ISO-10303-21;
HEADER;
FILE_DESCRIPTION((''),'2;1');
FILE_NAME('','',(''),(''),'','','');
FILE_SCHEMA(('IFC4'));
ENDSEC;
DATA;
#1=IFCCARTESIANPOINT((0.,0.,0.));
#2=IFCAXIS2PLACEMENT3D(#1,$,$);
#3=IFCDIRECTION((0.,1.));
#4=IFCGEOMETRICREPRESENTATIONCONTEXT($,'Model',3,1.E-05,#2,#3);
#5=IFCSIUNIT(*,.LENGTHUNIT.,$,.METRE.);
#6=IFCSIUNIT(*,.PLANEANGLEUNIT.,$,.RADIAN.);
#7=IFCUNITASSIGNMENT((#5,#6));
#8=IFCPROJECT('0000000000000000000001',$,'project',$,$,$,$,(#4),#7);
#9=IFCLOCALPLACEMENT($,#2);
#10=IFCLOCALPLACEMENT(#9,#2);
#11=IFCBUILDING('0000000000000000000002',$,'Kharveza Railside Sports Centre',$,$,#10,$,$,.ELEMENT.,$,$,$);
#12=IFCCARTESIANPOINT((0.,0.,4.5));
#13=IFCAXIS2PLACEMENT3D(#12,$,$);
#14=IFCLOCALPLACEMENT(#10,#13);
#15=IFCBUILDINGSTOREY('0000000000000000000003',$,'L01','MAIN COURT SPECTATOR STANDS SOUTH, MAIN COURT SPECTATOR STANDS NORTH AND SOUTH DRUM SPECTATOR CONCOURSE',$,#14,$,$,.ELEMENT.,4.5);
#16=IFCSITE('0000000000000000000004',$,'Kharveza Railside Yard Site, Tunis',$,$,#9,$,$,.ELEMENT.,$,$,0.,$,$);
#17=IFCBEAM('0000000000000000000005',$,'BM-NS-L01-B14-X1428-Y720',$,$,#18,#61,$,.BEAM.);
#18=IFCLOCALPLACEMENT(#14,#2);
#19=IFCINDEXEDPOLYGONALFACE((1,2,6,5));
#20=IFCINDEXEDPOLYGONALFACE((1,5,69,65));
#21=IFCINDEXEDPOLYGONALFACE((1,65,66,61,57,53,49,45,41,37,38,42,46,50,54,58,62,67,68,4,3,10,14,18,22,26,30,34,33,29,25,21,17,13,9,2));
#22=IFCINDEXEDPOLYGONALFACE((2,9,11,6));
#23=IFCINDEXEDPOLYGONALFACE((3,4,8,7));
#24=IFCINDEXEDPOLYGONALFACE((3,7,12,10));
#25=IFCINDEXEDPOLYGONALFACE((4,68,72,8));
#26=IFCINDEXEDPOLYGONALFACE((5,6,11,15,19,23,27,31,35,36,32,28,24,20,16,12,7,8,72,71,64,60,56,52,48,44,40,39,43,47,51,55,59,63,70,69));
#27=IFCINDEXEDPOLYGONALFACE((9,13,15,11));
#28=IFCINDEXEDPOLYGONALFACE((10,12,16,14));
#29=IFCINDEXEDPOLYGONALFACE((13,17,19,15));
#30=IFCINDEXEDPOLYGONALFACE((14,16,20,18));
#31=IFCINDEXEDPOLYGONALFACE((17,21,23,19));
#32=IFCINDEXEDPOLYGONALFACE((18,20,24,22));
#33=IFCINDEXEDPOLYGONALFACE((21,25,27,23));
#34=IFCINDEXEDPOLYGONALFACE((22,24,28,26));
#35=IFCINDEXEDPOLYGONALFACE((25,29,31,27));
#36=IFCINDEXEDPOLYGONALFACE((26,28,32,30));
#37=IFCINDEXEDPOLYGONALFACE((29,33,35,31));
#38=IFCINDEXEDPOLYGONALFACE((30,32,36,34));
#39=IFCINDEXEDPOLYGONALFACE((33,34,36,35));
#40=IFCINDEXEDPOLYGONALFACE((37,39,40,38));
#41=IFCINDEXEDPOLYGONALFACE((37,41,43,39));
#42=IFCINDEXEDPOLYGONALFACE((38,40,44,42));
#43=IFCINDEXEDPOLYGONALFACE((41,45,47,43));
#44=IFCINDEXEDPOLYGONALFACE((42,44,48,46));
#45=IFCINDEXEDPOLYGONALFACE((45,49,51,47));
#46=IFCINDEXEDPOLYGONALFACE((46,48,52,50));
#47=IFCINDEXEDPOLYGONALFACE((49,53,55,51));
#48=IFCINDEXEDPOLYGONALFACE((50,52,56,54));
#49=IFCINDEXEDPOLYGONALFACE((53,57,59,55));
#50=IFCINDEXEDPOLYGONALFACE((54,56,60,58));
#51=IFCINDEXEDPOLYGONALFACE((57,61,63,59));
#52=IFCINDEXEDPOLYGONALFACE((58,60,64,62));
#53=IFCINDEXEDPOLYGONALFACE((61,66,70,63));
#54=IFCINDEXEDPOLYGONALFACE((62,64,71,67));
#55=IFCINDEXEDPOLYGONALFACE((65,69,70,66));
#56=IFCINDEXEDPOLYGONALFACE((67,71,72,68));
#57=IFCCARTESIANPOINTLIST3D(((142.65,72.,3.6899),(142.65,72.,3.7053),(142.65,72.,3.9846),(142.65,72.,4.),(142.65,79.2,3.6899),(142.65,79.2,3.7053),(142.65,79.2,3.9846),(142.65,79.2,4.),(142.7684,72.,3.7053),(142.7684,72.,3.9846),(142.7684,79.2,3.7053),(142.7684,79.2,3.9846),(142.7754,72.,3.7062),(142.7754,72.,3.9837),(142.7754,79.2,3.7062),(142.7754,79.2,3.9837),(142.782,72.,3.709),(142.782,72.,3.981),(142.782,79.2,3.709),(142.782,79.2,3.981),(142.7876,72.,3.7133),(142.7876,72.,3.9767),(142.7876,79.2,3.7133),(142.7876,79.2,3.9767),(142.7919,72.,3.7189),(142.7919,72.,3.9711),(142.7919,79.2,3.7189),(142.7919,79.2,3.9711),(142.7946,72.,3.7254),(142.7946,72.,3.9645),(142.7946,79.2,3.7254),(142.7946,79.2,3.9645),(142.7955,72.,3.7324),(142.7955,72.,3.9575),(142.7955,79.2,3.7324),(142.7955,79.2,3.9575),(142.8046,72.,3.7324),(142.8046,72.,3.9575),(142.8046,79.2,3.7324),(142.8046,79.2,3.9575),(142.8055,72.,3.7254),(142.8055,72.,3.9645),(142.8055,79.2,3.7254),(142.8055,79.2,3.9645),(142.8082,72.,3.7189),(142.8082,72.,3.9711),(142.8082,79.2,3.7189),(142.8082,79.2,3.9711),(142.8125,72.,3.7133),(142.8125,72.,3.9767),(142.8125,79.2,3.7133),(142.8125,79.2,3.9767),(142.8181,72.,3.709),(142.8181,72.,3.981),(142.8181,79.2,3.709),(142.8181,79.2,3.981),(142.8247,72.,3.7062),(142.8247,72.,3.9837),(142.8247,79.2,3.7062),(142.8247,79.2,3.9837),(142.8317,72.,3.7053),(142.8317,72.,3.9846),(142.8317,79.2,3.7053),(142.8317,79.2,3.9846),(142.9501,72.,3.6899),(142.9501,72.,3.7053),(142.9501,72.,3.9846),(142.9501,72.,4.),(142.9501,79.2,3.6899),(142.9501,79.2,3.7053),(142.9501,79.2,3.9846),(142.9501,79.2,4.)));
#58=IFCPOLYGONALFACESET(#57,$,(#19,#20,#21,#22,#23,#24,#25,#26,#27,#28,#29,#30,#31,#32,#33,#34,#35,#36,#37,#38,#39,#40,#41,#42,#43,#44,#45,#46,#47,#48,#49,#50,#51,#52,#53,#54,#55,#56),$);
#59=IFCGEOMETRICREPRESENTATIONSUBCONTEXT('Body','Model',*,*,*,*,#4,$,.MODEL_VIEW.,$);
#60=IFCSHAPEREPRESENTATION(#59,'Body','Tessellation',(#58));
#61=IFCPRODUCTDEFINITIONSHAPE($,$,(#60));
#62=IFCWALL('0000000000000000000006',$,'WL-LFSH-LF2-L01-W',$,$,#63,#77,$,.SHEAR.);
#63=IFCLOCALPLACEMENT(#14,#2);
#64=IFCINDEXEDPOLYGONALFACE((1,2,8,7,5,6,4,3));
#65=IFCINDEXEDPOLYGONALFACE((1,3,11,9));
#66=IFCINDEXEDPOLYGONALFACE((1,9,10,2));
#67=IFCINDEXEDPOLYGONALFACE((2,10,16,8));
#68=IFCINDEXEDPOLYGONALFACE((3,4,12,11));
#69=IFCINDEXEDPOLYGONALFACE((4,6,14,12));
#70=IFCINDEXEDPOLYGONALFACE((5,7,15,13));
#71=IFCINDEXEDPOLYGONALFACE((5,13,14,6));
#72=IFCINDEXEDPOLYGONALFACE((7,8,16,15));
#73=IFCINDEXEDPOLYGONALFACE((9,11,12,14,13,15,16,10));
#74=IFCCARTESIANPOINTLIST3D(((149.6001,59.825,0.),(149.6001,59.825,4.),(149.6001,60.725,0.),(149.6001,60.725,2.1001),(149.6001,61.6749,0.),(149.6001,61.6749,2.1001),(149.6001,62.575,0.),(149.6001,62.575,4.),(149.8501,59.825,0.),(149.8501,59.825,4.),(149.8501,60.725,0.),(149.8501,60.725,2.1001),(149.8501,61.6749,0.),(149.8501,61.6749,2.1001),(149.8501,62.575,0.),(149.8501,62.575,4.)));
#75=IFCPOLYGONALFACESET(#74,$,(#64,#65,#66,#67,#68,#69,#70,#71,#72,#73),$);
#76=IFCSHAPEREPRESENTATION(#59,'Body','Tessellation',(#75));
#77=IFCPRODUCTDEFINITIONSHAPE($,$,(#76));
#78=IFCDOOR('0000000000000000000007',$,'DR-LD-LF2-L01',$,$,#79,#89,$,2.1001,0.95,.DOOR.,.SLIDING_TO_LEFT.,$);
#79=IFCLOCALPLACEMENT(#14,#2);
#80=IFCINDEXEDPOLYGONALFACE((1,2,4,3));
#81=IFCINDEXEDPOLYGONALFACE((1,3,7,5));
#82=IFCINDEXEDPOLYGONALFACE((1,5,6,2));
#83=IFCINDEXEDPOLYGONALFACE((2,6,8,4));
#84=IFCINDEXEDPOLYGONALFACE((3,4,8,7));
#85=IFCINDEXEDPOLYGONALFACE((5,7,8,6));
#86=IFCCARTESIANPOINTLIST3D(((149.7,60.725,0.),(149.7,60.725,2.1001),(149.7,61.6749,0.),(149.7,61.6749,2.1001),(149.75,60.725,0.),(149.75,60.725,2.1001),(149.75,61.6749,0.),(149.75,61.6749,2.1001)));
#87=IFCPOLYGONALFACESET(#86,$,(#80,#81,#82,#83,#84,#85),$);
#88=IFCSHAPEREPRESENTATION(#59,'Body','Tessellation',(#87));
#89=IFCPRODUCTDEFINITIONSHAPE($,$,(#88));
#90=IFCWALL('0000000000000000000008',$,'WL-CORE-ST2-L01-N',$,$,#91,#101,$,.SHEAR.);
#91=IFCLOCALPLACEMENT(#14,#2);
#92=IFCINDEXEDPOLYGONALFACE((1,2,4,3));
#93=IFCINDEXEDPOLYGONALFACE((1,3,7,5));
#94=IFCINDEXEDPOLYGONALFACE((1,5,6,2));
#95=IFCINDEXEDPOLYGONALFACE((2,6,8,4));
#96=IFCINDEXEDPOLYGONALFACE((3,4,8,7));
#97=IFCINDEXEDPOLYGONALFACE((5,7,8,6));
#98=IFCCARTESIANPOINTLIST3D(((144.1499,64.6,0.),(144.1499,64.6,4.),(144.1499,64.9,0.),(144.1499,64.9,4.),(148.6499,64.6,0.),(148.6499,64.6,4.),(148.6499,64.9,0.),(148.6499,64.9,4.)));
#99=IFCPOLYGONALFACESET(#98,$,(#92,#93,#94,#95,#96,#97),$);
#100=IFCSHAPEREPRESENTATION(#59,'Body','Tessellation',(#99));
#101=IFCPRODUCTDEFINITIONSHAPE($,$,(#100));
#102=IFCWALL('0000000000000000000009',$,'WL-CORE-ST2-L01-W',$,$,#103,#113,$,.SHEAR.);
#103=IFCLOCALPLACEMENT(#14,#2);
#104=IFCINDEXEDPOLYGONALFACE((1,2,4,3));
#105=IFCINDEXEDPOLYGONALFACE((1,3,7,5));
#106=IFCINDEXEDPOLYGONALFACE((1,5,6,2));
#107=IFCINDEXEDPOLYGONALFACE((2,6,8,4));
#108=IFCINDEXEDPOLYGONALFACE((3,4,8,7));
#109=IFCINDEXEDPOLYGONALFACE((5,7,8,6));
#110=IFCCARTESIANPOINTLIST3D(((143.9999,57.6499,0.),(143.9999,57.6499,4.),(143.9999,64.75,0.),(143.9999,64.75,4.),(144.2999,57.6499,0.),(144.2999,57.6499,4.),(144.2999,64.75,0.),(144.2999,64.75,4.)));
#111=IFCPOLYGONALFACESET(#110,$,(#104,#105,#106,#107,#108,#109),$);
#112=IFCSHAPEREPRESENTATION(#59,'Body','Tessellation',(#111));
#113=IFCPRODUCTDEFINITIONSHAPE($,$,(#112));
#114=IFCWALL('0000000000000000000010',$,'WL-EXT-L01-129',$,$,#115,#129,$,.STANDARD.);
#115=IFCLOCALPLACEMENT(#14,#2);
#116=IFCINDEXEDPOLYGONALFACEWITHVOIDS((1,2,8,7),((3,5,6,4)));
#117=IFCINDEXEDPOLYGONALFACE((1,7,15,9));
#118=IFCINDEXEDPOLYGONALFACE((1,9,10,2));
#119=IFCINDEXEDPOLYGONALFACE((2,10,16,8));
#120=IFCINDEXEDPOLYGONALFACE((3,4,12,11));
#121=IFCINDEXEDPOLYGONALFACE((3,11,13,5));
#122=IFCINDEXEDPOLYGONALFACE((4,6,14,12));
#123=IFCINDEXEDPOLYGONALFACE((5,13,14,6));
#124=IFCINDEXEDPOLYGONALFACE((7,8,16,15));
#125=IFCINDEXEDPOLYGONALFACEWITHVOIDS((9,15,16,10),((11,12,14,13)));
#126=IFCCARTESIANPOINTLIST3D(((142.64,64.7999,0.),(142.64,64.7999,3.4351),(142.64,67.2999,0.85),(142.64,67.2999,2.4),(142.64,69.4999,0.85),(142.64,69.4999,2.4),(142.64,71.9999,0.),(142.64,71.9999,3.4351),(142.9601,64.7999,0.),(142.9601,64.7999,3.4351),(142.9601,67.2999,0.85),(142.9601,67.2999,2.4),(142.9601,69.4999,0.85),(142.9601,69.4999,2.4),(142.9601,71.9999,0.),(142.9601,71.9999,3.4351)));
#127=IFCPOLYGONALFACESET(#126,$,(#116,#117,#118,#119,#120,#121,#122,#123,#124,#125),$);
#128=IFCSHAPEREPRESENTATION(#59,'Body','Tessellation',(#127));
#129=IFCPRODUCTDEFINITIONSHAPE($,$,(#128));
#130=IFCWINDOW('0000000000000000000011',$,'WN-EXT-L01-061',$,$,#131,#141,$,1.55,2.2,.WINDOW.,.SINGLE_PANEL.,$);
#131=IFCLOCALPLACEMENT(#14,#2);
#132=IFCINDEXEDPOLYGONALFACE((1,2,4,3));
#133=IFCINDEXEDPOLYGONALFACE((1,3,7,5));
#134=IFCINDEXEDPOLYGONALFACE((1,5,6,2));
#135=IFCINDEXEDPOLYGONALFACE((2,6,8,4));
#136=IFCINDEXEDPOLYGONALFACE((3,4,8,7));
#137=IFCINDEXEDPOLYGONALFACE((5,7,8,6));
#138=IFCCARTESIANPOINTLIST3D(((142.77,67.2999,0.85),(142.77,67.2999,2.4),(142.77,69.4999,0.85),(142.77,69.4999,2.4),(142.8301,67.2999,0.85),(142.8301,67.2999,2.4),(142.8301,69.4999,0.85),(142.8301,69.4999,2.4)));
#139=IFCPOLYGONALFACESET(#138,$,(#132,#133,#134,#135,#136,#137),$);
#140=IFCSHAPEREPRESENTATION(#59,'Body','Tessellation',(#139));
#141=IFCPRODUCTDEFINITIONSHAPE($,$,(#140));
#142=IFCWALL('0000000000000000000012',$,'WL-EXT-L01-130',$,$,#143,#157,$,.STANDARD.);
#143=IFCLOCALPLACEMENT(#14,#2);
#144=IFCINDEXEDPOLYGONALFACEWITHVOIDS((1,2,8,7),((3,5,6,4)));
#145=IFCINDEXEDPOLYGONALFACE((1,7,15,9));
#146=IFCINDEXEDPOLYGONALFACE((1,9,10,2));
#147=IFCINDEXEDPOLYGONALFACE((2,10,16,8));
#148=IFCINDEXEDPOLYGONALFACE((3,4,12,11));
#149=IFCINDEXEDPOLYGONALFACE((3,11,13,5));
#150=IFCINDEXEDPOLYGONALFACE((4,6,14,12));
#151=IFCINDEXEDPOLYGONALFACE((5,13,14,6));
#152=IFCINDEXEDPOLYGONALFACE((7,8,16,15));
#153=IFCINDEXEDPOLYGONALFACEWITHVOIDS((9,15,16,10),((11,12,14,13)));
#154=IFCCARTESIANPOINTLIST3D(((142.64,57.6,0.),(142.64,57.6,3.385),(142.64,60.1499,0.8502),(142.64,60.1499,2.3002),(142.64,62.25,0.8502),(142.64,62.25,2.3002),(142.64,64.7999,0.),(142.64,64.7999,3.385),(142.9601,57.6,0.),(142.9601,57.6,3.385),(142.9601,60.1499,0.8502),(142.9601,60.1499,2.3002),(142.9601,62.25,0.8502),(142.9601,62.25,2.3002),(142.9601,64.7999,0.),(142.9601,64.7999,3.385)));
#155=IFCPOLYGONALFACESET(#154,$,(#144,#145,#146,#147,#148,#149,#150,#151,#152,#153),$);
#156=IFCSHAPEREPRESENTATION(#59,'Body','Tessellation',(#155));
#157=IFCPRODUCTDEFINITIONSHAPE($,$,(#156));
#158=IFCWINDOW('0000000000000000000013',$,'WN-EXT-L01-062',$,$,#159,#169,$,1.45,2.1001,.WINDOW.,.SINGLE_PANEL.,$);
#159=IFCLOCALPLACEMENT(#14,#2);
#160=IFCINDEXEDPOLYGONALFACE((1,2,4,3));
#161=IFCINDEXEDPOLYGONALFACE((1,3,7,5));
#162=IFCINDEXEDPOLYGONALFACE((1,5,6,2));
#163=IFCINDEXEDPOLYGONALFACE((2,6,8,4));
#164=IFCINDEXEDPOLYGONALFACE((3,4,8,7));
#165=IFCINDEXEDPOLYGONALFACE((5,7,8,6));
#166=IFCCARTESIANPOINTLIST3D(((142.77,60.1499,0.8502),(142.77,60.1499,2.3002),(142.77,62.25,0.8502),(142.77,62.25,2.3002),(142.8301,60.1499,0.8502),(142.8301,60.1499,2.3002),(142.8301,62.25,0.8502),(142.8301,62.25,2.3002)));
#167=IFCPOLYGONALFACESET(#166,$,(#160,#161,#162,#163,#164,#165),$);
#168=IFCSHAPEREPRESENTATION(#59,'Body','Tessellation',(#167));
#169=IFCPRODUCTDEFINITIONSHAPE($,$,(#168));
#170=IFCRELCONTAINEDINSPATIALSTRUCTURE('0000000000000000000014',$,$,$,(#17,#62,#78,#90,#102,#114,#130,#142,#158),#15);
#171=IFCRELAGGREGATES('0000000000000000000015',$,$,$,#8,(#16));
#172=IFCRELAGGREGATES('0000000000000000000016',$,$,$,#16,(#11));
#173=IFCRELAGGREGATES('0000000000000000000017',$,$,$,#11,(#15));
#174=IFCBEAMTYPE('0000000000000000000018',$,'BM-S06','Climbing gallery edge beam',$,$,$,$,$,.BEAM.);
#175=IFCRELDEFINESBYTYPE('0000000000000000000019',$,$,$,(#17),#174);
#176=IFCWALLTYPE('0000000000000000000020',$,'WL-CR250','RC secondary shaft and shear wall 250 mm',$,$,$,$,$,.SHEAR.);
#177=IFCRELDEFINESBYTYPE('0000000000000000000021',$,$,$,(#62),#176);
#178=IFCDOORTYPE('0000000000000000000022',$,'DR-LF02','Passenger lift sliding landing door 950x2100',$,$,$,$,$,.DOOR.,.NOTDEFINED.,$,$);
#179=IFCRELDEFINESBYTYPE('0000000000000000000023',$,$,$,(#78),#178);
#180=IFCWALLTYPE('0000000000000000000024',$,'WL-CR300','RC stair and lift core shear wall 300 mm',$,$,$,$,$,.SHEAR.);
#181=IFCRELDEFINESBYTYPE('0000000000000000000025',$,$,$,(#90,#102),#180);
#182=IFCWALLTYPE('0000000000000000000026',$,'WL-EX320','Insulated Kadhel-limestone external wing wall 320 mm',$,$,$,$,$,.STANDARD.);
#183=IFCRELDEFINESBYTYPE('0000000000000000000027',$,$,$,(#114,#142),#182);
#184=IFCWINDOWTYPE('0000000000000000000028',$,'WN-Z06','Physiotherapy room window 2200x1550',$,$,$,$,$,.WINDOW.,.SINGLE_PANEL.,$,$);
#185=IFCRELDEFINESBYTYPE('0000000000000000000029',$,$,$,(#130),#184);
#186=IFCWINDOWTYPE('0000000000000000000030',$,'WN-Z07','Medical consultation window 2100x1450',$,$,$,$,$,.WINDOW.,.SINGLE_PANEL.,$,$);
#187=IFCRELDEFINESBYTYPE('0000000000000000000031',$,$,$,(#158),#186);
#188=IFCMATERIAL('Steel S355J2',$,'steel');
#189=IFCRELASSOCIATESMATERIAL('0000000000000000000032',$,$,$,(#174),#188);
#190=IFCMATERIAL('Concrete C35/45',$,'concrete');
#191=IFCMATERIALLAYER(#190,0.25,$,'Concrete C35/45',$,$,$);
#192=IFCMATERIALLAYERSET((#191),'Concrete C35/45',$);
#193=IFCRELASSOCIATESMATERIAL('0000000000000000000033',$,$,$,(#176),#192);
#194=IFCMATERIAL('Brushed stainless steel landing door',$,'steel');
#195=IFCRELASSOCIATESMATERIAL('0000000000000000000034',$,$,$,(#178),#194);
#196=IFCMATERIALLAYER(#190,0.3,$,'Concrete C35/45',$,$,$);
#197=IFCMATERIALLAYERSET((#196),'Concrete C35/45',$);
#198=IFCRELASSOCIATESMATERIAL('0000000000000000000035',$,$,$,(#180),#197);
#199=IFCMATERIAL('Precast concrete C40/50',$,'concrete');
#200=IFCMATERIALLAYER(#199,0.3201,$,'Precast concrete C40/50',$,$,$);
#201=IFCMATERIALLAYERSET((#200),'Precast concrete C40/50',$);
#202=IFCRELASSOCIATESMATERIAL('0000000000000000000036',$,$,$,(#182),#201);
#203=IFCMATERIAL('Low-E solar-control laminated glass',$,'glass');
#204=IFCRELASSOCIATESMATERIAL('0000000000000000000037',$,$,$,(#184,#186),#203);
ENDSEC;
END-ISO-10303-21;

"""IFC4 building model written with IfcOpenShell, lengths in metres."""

from ifc_helpers import new_model, si_unit, direction, frame, frame_2d, origin, origin_2d, place, context, subcontext, project, spatial, rectangle, i_section, extrude, material, layer, layer_set, material_profile, profile_set, type_object, element, fill, save


model = new_model("IFC4")

# Units and contexts
model_context = context("Model", 3, precision=1e-05, world=origin(), true_north=direction((0.0, 1.0)))
body_context = subcontext(model_context, "Body", "Model", "MODEL_VIEW")
ifc_project = project(units=[si_unit("LENGTHUNIT", "METRE"), si_unit("PLANEANGLEUNIT", "RADIAN")], contexts=[model_context])

# Site, building, storey
site_placement = place(None, origin())
site = spatial("IfcSite", under=ifc_project, at=site_placement, Name="Kharveza Railside Yard Site, Tunis", CompositionType="ELEMENT", RefElevation=0.0)
building_placement = place(site_placement, origin())
building = spatial("IfcBuilding", under=site, at=building_placement, Name="Kharveza Railside Sports Centre", CompositionType="ELEMENT")
storey_placement = place(building_placement, frame((0.0, 0.0, 4.5)))
storey = spatial("IfcBuildingStorey", under=building, at=storey_placement, Name="L01", Description="MAIN COURT SPECTATOR STANDS SOUTH, MAIN COURT SPECTATOR STANDS NORTH AND SOUTH DRUM SPECTATOR CONCOURSE", CompositionType="ELEMENT", Elevation=4.5)

# Shared definitions
ifc_material_1 = material(Name="Steel S355J2", Category="steel")

# Beam
ifc_material_profile_1 = material_profile(ifc_material_1, i_section(OverallWidth=0.3, OverallDepth=0.3101, WebThickness=0.009, FlangeThickness=0.0154, FilletRadius=0.0271, at=origin_2d()), Name="HEA 320")
ifc_profile_set_1 = profile_set([ifc_material_profile_1], Name="Steel S355J2")
beam_type_1 = type_object("IfcBeamType", Name="BM-S06", Description="Climbing gallery edge beam", PredefinedType="BEAM", material=ifc_profile_set_1)
for number, where, z_axis, x_axis, name in (
    (1, (142.8, 72.0, 3.845), (0.0, 1.0, 0.0), (-1.0, 0.0, 0.0), "BM-NS-L01-B14-X1428-Y720"),
):
    element("IfcBeam", number, at=place(storey_placement, frame(where, z_axis=z_axis, x_axis=x_axis)), inside=storey, type_object=beam_type_1, Name=name, PredefinedType="BEAM", context=body_context, shape_type="SweptSolid", body=[
        extrude(i_section(OverallWidth=0.3, OverallDepth=0.3101, WebThickness=0.009, FlangeThickness=0.0154, FilletRadius=0.0271, at=origin_2d()), origin(), (0.0, 0.0, 1.0), 7.2),
    ])

# Wall, opening, door
ifc_material_2 = material(Name="Concrete C35/45", Category="concrete")
ifc_layer_1 = layer(ifc_material_2, 0.25, Name="Concrete C35/45")
ifc_layer_set_1 = layer_set([ifc_layer_1], Name="Concrete C35/45")
wall_type_1 = type_object("IfcWallType", Name="WL-CR250", Description="RC secondary shaft and shear wall 250 mm", PredefinedType="SHEAR", material=ifc_layer_set_1)
wall_1_placement = place(storey_placement, frame((149.7251, 62.575, 0.0), z_axis=(0.0, 0.0, 1.0), x_axis=(0.0, -1.0, 0.0)))
wall_1 = element("IfcWall", 2, at=wall_1_placement, inside=storey, type_object=wall_type_1, Name="WL-LFSH-LF2-L01-W", PredefinedType="SHEAR", context=body_context, shape_type="SweptSolid", body=[
    extrude(rectangle(XDim=2.75, YDim=0.25, at=frame_2d((1.375, 0.0))), origin(), (0.0, 0.0, 1.0), 4.0),
])
opening_1_placement = place(wall_1_placement, frame((0.8999, 0.0, 0.0)))
opening_1 = element("IfcOpeningElement", 3, at=opening_1_placement, cuts=wall_1, PredefinedType="OPENING", context=body_context, shape_type="SweptSolid", body=[
    extrude(rectangle(XDim=0.95, YDim=2.1001, at=frame_2d((0.4751, 1.05))), frame((0.0, 0.1499, 0.0), z_axis=(0.0, -1.0, 0.0), x_axis=(1.0, 0.0, 0.0)), (0.0, 0.0, 1.0), 0.2998),
])
ifc_material_3 = material(Name="Brushed stainless steel landing door", Category="steel")
door_type = type_object("IfcDoorType", Name="DR-LF02", Description="Passenger lift sliding landing door 950x2100", OperationType="NOTDEFINED", PredefinedType="DOOR", material=ifc_material_3)
door_placement = place(opening_1_placement, origin())
door = element("IfcDoor", 4, at=door_placement, inside=storey, type_object=door_type, Name="DR-LD-LF2-L01", OperationType="SLIDING_TO_LEFT", OverallHeight=2.1001, OverallWidth=0.95, PredefinedType="DOOR", context=body_context, shape_type="SweptSolid", body=[
    extrude(rectangle(XDim=0.95, YDim=2.1001, at=frame_2d((0.4751, 1.05))), frame((0.0, 0.0249, 0.0), z_axis=(0.0, -1.0, 0.0), x_axis=(1.0, 0.0, 0.0)), (0.0, 0.0, 1.0), 0.05),
])
fill(opening_1, door)

# Walls
ifc_layer_2 = layer(ifc_material_2, 0.3, Name="Concrete C35/45")
ifc_layer_set_2 = layer_set([ifc_layer_2], Name="Concrete C35/45")
wall_type_2 = type_object("IfcWallType", Name="WL-CR300", Description="RC stair and lift core shear wall 300 mm", PredefinedType="SHEAR", material=ifc_layer_set_2)
wall_2_placement = place(storey_placement, frame((148.6499, 64.75, 0.0), z_axis=(0.0, 0.0, 1.0), x_axis=(-1.0, 0.0, 0.0)))
element("IfcWall", 5, at=wall_2_placement, inside=storey, type_object=wall_type_2, Name="WL-CORE-ST2-L01-N", PredefinedType="SHEAR", context=body_context, shape_type="SweptSolid", body=[
    extrude(rectangle(XDim=4.5, YDim=0.3, at=frame_2d((2.25, 0.0))), origin(), (0.0, 0.0, 1.0), 4.0),
])
wall_3_placement = place(storey_placement, frame((144.1499, 64.75, 0.0), z_axis=(0.0, 0.0, 1.0), x_axis=(0.0, -1.0, 0.0)))
element("IfcWall", 6, at=wall_3_placement, inside=storey, type_object=wall_type_2, Name="WL-CORE-ST2-L01-W", PredefinedType="SHEAR", context=body_context, shape_type="SweptSolid", body=[
    extrude(rectangle(XDim=7.1001, YDim=0.3, at=frame_2d((3.55, 0.0))), origin(), (0.0, 0.0, 1.0), 4.0),
])

# Walls, openings, windows
ifc_material_4 = material(Name="Precast concrete C40/50", Category="concrete")
ifc_layer_3 = layer(ifc_material_4, 0.3201, Name="Precast concrete C40/50")
ifc_layer_set_3 = layer_set([ifc_layer_3], Name="Precast concrete C40/50")
wall_type_3 = type_object("IfcWallType", Name="WL-EX320", Description="Insulated Kadhel-limestone external wing wall 320 mm", PredefinedType="STANDARD", material=ifc_layer_set_3)
wall_4_placement = place(storey_placement, frame((142.8, 72.0, 0.0), z_axis=(0.0, 0.0, 1.0), x_axis=(0.0, -1.0, 0.0)))
wall_4 = element("IfcWall", 7, at=wall_4_placement, inside=storey, type_object=wall_type_3, Name="WL-EXT-L01-129", PredefinedType="STANDARD", context=body_context, shape_type="SweptSolid", body=[
    extrude(rectangle(XDim=7.2, YDim=0.3201, at=frame_2d((3.6001, 0.0))), origin(), (0.0, 0.0, 1.0), 3.4351),
])
opening_2_placement = place(wall_4_placement, frame((2.5, 0.0, 0.8501)))
opening_2 = element("IfcOpeningElement", 8, at=opening_2_placement, cuts=wall_4, PredefinedType="OPENING", context=body_context, shape_type="SweptSolid", body=[
    extrude(rectangle(XDim=2.2, YDim=1.55, at=frame_2d((1.1001, 0.7749))), frame((0.0, 0.1851, 0.0), z_axis=(0.0, -1.0, 0.0), x_axis=(1.0, 0.0, 0.0)), (0.0, 0.0, 1.0), 0.3699),
])
ifc_material_5 = material(Name="Low-E solar-control laminated glass", Category="glass")
window_type_1 = type_object("IfcWindowType", Name="WN-Z06", Description="Physiotherapy room window 2200x1550", PartitioningType="SINGLE_PANEL", PredefinedType="WINDOW", material=ifc_material_5)
window_1_placement = place(opening_2_placement, origin())
window_1 = element("IfcWindow", 9, at=window_1_placement, inside=storey, type_object=window_type_1, Name="WN-EXT-L01-061", OverallHeight=1.55, OverallWidth=2.2, PartitioningType="SINGLE_PANEL", PredefinedType="WINDOW", context=body_context, shape_type="SweptSolid", body=[
    extrude(rectangle(XDim=2.2, YDim=1.55, at=frame_2d((1.1001, 0.7749))), frame((0.0, 0.03, 0.0), z_axis=(0.0, -1.0, 0.0), x_axis=(1.0, 0.0, 0.0)), (0.0, 0.0, 1.0), 0.0601),
])
fill(opening_2, window_1)
wall_5_placement = place(storey_placement, frame((142.8, 64.8, 0.0), z_axis=(0.0, 0.0, 1.0), x_axis=(0.0, -1.0, 0.0)))
wall_5 = element("IfcWall", 10, at=wall_5_placement, inside=storey, type_object=wall_type_3, Name="WL-EXT-L01-130", PredefinedType="STANDARD", context=body_context, shape_type="SweptSolid", body=[
    extrude(rectangle(XDim=7.2, YDim=0.3201, at=frame_2d((3.6001, 0.0))), origin(), (0.0, 0.0, 1.0), 3.385),
])
opening_3_placement = place(wall_5_placement, frame((2.55, 0.0, 0.8501)))
opening_3 = element("IfcOpeningElement", 11, at=opening_3_placement, cuts=wall_5, PredefinedType="OPENING", context=body_context, shape_type="SweptSolid", body=[
    extrude(rectangle(XDim=2.1001, YDim=1.45, at=frame_2d((1.05, 0.7251))), frame((0.0, 0.1851, 0.0), z_axis=(0.0, -1.0, 0.0), x_axis=(1.0, 0.0, 0.0)), (0.0, 0.0, 1.0), 0.3699),
])
window_type_2 = type_object("IfcWindowType", Name="WN-Z07", Description="Medical consultation window 2100x1450", PartitioningType="SINGLE_PANEL", PredefinedType="WINDOW", material=ifc_material_5)
window_2_placement = place(opening_3_placement, origin())
window_2 = element("IfcWindow", 12, at=window_2_placement, inside=storey, type_object=window_type_2, Name="WN-EXT-L01-062", OverallHeight=1.45, OverallWidth=2.1001, PartitioningType="SINGLE_PANEL", PredefinedType="WINDOW", context=body_context, shape_type="SweptSolid", body=[
    extrude(rectangle(XDim=2.1001, YDim=1.45, at=frame_2d((1.05, 0.7251))), frame((0.0, 0.03, 0.0), z_axis=(0.0, -1.0, 0.0), x_axis=(1.0, 0.0, 0.0)), (0.0, 0.0, 1.0), 0.0601),
])
fill(opening_3, window_2)

save(model, "model.ifc")
